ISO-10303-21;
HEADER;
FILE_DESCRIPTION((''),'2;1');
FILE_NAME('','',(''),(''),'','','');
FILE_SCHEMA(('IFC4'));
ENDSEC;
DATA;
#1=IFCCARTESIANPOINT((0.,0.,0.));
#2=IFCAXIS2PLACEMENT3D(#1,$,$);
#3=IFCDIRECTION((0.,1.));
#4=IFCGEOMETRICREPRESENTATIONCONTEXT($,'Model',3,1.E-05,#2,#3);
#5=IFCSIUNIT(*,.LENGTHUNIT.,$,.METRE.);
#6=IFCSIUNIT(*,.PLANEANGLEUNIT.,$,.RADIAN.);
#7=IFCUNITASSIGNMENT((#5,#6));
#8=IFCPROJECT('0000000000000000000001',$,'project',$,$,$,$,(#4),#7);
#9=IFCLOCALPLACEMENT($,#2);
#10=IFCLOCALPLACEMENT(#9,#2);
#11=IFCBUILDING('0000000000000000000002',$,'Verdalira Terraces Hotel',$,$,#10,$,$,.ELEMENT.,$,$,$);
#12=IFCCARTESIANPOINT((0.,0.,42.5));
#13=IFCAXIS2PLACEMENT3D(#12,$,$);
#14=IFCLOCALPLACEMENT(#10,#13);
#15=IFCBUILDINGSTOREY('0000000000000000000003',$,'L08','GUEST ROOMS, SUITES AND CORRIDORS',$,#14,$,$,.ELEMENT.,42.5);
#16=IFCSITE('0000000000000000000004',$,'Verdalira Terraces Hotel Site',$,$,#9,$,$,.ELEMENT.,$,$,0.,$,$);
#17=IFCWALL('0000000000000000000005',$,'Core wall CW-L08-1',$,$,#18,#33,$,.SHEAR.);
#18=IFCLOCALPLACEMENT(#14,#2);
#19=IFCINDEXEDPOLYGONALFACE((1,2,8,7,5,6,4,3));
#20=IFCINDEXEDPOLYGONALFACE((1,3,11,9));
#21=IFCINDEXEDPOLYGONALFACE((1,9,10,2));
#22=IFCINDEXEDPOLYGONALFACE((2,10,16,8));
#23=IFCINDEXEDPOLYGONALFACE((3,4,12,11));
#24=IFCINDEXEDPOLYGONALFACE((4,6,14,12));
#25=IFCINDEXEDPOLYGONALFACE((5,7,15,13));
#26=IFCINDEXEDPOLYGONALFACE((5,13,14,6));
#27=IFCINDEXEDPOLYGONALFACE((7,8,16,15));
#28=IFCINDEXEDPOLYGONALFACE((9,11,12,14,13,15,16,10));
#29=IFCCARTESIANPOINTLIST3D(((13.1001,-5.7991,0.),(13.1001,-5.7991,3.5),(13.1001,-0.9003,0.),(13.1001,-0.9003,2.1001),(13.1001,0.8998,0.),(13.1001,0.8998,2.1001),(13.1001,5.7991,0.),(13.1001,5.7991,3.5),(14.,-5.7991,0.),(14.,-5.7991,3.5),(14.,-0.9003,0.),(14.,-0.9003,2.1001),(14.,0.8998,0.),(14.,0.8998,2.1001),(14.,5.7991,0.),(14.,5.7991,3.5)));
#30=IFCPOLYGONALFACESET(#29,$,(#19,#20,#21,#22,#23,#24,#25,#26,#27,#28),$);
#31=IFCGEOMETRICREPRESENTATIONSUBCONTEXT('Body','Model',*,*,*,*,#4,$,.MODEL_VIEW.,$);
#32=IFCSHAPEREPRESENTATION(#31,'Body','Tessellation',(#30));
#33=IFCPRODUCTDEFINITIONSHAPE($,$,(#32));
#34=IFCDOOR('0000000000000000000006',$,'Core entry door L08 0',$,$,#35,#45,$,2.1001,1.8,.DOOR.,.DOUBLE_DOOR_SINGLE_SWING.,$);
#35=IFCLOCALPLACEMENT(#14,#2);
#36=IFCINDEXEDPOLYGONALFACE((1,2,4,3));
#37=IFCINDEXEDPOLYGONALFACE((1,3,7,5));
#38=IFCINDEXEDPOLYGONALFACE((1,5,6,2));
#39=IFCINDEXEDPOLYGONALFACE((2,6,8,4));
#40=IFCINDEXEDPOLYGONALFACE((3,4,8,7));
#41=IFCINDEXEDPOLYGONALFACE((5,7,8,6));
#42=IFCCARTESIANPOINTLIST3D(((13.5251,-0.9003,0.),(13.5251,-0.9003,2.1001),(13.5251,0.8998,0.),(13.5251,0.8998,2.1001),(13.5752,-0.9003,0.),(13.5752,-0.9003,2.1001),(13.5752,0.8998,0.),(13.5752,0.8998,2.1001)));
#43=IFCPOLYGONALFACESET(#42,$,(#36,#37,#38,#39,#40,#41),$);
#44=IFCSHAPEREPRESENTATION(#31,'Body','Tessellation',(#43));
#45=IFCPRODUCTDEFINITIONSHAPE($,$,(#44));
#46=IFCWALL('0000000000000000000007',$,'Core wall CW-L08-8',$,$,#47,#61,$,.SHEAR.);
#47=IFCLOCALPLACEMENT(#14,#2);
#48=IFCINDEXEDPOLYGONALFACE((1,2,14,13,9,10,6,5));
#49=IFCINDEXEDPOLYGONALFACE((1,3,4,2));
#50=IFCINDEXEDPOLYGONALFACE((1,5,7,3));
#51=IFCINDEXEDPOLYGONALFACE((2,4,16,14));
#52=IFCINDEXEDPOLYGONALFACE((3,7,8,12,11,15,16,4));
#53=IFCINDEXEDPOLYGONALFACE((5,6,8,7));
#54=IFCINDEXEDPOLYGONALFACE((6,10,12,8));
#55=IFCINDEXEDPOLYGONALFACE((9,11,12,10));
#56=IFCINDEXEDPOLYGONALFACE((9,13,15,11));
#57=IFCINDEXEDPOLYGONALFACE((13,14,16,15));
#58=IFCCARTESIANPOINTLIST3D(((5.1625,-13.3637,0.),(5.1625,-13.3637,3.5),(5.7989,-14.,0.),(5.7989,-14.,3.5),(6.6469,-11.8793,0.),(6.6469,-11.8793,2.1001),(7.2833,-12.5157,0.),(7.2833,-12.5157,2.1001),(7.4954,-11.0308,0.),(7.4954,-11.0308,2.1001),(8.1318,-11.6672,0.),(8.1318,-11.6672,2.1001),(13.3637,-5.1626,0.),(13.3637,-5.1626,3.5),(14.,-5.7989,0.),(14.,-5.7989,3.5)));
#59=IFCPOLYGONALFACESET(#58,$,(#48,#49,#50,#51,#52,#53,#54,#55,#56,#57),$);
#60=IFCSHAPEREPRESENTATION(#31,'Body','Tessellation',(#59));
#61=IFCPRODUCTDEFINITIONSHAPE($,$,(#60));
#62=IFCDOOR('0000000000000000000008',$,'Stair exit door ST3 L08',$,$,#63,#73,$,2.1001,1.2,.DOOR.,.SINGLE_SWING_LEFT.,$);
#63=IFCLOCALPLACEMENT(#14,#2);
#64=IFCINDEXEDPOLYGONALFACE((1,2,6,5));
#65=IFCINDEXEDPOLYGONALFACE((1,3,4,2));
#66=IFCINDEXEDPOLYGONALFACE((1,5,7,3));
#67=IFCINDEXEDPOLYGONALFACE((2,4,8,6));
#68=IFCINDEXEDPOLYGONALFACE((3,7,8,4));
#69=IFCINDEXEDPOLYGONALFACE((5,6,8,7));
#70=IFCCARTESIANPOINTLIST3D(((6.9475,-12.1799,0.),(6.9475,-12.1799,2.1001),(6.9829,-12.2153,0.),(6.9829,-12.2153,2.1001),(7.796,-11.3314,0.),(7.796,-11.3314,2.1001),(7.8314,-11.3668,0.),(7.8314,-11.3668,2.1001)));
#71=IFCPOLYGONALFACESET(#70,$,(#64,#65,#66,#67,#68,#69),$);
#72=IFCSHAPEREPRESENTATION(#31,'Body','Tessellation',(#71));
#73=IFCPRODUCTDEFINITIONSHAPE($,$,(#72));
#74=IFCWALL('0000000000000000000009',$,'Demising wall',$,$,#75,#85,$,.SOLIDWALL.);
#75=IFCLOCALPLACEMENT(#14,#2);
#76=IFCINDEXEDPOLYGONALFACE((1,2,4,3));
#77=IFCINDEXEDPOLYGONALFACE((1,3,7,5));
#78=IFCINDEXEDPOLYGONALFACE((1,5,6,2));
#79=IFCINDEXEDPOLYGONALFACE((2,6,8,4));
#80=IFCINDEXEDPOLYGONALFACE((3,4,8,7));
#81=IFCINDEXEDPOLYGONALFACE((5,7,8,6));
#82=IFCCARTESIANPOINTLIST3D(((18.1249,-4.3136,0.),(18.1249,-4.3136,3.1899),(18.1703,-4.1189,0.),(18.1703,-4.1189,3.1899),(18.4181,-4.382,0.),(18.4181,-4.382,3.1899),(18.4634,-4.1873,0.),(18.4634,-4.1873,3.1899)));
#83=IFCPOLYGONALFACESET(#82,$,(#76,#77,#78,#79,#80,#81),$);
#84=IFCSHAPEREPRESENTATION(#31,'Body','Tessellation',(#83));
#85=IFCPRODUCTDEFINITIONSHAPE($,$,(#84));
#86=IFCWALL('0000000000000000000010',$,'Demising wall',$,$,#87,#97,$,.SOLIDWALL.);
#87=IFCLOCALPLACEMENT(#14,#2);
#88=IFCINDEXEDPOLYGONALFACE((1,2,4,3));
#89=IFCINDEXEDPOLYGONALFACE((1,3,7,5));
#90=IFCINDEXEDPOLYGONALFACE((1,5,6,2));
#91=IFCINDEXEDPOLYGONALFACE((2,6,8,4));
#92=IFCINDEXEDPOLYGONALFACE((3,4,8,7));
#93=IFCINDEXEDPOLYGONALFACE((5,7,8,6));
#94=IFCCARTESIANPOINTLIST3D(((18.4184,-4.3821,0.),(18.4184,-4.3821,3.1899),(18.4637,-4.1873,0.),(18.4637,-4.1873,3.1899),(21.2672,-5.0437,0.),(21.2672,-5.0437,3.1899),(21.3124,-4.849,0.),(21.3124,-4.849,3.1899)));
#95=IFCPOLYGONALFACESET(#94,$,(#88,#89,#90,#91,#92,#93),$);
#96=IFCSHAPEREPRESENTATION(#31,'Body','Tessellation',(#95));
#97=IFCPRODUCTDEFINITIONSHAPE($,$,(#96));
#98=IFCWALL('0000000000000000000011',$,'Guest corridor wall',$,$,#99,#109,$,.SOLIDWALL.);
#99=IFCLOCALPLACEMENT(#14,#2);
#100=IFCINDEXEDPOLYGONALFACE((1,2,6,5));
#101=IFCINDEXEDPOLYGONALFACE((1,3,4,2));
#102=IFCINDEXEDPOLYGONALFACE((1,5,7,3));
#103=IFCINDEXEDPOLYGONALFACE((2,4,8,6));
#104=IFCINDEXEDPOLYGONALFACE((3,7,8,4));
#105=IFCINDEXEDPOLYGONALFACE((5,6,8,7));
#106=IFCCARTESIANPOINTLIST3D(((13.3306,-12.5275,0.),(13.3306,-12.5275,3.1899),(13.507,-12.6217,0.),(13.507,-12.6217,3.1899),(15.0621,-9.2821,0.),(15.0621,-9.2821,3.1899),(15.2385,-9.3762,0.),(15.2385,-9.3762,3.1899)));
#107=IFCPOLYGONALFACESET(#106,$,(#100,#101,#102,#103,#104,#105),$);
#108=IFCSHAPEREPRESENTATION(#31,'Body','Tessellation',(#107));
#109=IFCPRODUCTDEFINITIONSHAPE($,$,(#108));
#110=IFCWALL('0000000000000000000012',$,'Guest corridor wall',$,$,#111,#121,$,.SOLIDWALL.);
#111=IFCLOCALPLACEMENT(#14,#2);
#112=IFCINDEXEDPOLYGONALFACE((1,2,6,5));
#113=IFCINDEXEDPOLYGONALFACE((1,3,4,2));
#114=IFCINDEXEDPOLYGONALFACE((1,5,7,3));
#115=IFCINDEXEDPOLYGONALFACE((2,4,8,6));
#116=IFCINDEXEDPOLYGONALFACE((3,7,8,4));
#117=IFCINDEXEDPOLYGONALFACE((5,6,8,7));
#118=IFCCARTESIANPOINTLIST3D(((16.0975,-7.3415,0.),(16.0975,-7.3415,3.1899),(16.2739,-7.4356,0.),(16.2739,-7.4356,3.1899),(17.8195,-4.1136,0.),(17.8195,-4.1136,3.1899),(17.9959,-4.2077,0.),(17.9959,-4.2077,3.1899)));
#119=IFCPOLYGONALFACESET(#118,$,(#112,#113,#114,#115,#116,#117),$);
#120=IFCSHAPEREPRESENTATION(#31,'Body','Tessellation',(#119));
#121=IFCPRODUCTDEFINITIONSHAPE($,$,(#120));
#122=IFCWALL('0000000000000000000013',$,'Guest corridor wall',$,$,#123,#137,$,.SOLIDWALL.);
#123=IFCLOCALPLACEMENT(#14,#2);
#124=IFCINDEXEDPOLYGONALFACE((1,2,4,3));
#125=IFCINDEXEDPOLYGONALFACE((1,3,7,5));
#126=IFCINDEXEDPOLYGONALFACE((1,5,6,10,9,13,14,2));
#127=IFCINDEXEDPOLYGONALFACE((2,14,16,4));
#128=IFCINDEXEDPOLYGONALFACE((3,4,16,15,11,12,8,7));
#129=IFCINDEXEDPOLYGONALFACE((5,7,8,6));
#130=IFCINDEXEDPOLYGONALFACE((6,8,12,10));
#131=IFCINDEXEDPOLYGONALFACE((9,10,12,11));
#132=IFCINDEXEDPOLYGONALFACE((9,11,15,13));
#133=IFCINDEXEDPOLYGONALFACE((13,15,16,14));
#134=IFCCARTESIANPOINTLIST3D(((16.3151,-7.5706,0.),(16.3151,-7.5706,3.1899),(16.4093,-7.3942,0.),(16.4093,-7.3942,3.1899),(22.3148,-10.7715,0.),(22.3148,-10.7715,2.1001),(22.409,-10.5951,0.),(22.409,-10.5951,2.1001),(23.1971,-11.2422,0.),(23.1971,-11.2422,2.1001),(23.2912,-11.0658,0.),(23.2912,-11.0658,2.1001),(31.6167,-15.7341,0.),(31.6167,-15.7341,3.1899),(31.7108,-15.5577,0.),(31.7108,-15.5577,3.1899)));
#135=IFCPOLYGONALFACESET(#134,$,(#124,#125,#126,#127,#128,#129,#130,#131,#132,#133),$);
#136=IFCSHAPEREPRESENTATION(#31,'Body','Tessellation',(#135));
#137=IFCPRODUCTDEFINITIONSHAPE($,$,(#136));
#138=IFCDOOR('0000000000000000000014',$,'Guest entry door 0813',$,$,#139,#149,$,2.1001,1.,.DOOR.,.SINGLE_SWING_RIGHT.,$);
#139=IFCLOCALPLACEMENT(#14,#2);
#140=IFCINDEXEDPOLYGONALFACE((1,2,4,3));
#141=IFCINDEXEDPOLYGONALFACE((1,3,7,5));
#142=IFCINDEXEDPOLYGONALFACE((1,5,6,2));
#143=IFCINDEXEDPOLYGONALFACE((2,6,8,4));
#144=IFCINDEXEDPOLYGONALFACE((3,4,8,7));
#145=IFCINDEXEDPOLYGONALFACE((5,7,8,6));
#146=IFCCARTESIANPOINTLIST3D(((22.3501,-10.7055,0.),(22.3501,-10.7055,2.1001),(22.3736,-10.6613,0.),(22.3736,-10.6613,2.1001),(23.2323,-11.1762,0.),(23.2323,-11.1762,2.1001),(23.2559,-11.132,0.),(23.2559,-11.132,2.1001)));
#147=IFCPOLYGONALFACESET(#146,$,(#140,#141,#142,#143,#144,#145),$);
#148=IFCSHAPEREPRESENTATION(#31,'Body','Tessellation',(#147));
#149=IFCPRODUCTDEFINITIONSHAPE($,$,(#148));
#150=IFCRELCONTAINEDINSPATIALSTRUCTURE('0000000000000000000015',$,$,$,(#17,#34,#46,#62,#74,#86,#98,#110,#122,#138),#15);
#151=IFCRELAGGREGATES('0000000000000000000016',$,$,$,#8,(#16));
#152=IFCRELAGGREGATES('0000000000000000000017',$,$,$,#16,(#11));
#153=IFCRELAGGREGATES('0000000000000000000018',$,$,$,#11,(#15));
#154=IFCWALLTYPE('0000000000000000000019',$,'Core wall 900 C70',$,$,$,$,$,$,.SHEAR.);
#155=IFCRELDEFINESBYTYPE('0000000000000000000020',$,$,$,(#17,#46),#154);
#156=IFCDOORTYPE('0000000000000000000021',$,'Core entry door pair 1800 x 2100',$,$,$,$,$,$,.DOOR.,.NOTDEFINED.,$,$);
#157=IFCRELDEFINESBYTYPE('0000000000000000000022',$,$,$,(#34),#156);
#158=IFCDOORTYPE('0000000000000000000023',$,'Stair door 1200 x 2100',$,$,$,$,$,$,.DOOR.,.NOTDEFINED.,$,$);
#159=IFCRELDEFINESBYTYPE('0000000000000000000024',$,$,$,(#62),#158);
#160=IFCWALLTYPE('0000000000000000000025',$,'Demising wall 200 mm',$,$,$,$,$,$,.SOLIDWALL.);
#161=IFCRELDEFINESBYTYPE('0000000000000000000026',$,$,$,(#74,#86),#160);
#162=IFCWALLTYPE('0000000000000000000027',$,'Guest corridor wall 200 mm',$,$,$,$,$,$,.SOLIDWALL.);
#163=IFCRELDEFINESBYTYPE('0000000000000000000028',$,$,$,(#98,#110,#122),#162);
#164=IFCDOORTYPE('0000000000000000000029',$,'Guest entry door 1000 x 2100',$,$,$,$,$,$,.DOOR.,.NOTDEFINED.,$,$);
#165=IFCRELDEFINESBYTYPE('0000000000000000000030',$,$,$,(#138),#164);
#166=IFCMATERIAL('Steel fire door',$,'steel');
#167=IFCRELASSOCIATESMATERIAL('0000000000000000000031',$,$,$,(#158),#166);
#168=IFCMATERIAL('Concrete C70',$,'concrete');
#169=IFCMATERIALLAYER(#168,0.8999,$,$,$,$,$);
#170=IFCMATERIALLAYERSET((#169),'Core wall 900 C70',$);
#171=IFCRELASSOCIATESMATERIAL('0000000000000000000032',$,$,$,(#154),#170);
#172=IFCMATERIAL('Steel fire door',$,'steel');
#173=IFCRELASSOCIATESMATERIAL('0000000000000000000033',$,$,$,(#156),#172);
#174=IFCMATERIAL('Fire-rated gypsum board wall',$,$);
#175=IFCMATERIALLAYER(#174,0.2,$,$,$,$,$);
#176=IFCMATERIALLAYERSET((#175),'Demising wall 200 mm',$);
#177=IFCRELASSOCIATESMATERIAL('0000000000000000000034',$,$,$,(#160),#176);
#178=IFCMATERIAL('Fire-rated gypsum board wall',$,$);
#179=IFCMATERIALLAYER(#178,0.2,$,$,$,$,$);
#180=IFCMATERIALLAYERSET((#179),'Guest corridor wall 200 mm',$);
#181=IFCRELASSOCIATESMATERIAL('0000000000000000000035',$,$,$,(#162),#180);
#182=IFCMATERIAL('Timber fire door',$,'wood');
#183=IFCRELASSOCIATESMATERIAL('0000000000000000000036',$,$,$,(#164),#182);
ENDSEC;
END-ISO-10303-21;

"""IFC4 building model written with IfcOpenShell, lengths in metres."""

from ifc_helpers import new_model, si_unit, direction, frame, frame_2d, origin, place, context, subcontext, project, spatial, rectangle, extrude, material, layer, layer_set, type_object, element, fill, save


model = new_model("IFC4")

# Units and contexts
model_context = context("Model", 3, precision=1e-05, world=origin(), true_north=direction((0.0, 1.0)))
body_context = subcontext(model_context, "Body", "Model", "MODEL_VIEW")
ifc_project = project(units=[si_unit("LENGTHUNIT", "METRE"), si_unit("PLANEANGLEUNIT", "RADIAN")], contexts=[model_context])

# Site, building, storey
site_placement = place(None, origin())
site = spatial("IfcSite", under=ifc_project, at=site_placement, Name="Verdalira Terraces Hotel Site", CompositionType="ELEMENT", RefElevation=0.0)
building_placement = place(site_placement, origin())
building = spatial("IfcBuilding", under=site, at=building_placement, Name="Verdalira Terraces Hotel", CompositionType="ELEMENT")
storey_placement = place(building_placement, frame((0.0, 0.0, 42.5)))
storey = spatial("IfcBuildingStorey", under=building, at=storey_placement, Name="L08", Description="GUEST ROOMS, SUITES AND CORRIDORS", CompositionType="ELEMENT", Elevation=42.5)

# Shared definitions
ifc_material_1 = material(Name="Steel fire door", Category="steel")
door_type_1 = type_object("IfcDoorType", Name="Stair door 1200 x 2100", OperationType="NOTDEFINED", PredefinedType="DOOR", material=ifc_material_1)

# Walls, openings, doors
ifc_material_2 = material(Name="Concrete C70", Category="concrete")
ifc_layer_1 = layer(ifc_material_2, 0.8999)
ifc_layer_set_1 = layer_set([ifc_layer_1], Name="Core wall 900 C70")
wall_type_1 = type_object("IfcWallType", Name="Core wall 900 C70", PredefinedType="SHEAR", material=ifc_layer_set_1)
wall_1_placement = place(storey_placement, frame((13.55, -5.7991, 0.0), z_axis=(0.0, 0.0, 1.0), x_axis=(0.0, 1.0, 0.0)))
wall_1 = element("IfcWall", 1, at=wall_1_placement, inside=storey, type_object=wall_type_1, Name="Core wall CW-L08-1", PredefinedType="SHEAR", context=body_context, shape_type="SweptSolid", body=[
    extrude(rectangle(XDim=11.5981, YDim=0.8999, at=frame_2d((5.7991, 0.0))), origin(), (0.0, 0.0, 1.0), 3.5),
])
opening_1_placement = place(wall_1_placement, frame((4.8989, 0.0, 0.0)))
opening_1 = element("IfcOpeningElement", 2, at=opening_1_placement, cuts=wall_1, PredefinedType="OPENING", context=body_context, shape_type="SweptSolid", body=[
    extrude(rectangle(XDim=1.8, YDim=2.1001, at=frame_2d((0.8999, 1.05))), frame((0.0, 0.46, 0.0), z_axis=(0.0, -1.0, 0.0), x_axis=(1.0, 0.0, 0.0)), (0.0, 0.0, 1.0), 0.9199),
])
ifc_material_3 = material(Name="Steel fire door", Category="steel")
door_type_2 = type_object("IfcDoorType", Name="Core entry door pair 1800 x 2100", OperationType="NOTDEFINED", PredefinedType="DOOR", material=ifc_material_3)
door_1_placement = place(opening_1_placement, origin())
door_1 = element("IfcDoor", 3, at=door_1_placement, inside=storey, type_object=door_type_2, Name="Core entry door L08 0", OperationType="DOUBLE_DOOR_SINGLE_SWING", OverallHeight=2.1001, OverallWidth=1.8, PredefinedType="DOOR", context=body_context, shape_type="SweptSolid", body=[
    extrude(rectangle(XDim=1.8, YDim=2.1001, at=frame_2d((0.8999, 1.05))), frame((0.0, 0.0249, 0.0), z_axis=(0.0, -1.0, 0.0), x_axis=(1.0, 0.0, 0.0)), (0.0, 0.0, 1.0), 0.05),
])
fill(opening_1, door_1)
wall_2_placement = place(storey_placement, frame((5.4807, -13.6819, 0.0), z_axis=(0.0, 0.0, 1.0), x_axis=(0.707107, 0.707107, 0.0)))
wall_2 = element("IfcWall", 4, at=wall_2_placement, inside=storey, type_object=wall_type_1, Name="Core wall CW-L08-8", PredefinedType="SHEAR", context=body_context, shape_type="SweptSolid", body=[
    extrude(rectangle(XDim=11.5981, YDim=0.8999, at=frame_2d((5.7991, 0.0))), origin(), (0.0, 0.0, 1.0), 3.5),
])
opening_2_placement = place(wall_2_placement, frame((2.0991, 0.0, 0.0)))
opening_2 = element("IfcOpeningElement", 5, at=opening_2_placement, cuts=wall_2, PredefinedType="OPENING", context=body_context, shape_type="SweptSolid", body=[
    extrude(rectangle(XDim=1.2, YDim=2.1001, at=frame_2d((0.6001, 1.05))), frame((0.0, 0.46, 0.0), z_axis=(0.0, -1.0, 0.0), x_axis=(1.0, 0.0, 0.0)), (0.0, 0.0, 1.0), 0.9199),
])
door_2_placement = place(opening_2_placement, origin())
door_2 = element("IfcDoor", 6, at=door_2_placement, inside=storey, type_object=door_type_1, Name="Stair exit door ST3 L08", OperationType="SINGLE_SWING_LEFT", OverallHeight=2.1001, OverallWidth=1.2, PredefinedType="DOOR", context=body_context, shape_type="SweptSolid", body=[
    extrude(rectangle(XDim=1.2, YDim=2.1001, at=frame_2d((0.6001, 1.05))), frame((0.0, 0.0249, 0.0), z_axis=(0.0, -1.0, 0.0), x_axis=(1.0, 0.0, 0.0)), (0.0, 0.0, 1.0), 0.05),
])
fill(opening_2, door_2)

# Walls
ifc_material_4 = material(Name="Fire-rated gypsum board wall")
ifc_layer_2 = layer(ifc_material_4, 0.2)
ifc_layer_set_2 = layer_set([ifc_layer_2], Name="Demising wall 200 mm")
wall_type_2 = type_object("IfcWallType", Name="Demising wall 200 mm", PredefinedType="SOLIDWALL", material=ifc_layer_set_2)
wall_3_placement = place(storey_placement, frame((18.1477, -4.2163, 0.0), z_axis=(0.0, 0.0, 1.0), x_axis=(0.973883, -0.22705, 0.0)))
element("IfcWall", 7, at=wall_3_placement, inside=storey, type_object=wall_type_2, Name="Demising wall", PredefinedType="SOLIDWALL", context=body_context, shape_type="SweptSolid", body=[
    extrude(rectangle(XDim=0.301, YDim=0.2, at=frame_2d((0.1504, 0.0))), origin(), (0.0, 0.0, 1.0), 3.1899),
])
wall_4_placement = place(storey_placement, frame((18.4409, -4.2847, 0.0), z_axis=(0.0, 0.0, 1.0), x_axis=(0.974072, -0.226237, 0.0)))
element("IfcWall", 8, at=wall_4_placement, inside=storey, type_object=wall_type_2, Name="Demising wall", PredefinedType="SOLIDWALL", context=body_context, shape_type="SweptSolid", body=[
    extrude(rectangle(XDim=2.9246, YDim=0.2, at=frame_2d((1.4624, 0.0))), origin(), (0.0, 0.0, 1.0), 3.1899),
])
ifc_material_5 = material(Name="Fire-rated gypsum board wall")
ifc_layer_3 = layer(ifc_material_5, 0.2)
ifc_layer_set_3 = layer_set([ifc_layer_3], Name="Guest corridor wall 200 mm")
wall_type_3 = type_object("IfcWallType", Name="Guest corridor wall 200 mm", PredefinedType="SOLIDWALL", material=ifc_layer_set_3)
wall_5_placement = place(storey_placement, frame((13.4187, -12.5747, 0.0), z_axis=(0.0, 0.0, 1.0), x_axis=(0.470712, 0.882287, 0.0)))
element("IfcWall", 9, at=wall_5_placement, inside=storey, type_object=wall_type_3, Name="Guest corridor wall", PredefinedType="SOLIDWALL", context=body_context, shape_type="SweptSolid", body=[
    extrude(rectangle(XDim=3.6785, YDim=0.2, at=frame_2d((1.8394, 0.0))), origin(), (0.0, 0.0, 1.0), 3.1899),
])
wall_6_placement = place(storey_placement, frame((16.1858, -7.3884, 0.0), z_axis=(0.0, 0.0, 1.0), x_axis=(0.470682, 0.882303, 0.0)))
element("IfcWall", 10, at=wall_6_placement, inside=storey, type_object=wall_type_3, Name="Guest corridor wall", PredefinedType="SOLIDWALL", context=body_context, shape_type="SweptSolid", body=[
    extrude(rectangle(XDim=3.6584, YDim=0.2, at=frame_2d((1.8291, 0.0))), origin(), (0.0, 0.0, 1.0), 3.1899),
])

# Wall, opening, door
wall_7_placement = place(storey_placement, frame((16.3623, -7.4824, 0.0), z_axis=(0.0, 0.0, 1.0), x_axis=(0.882287, -0.470712, 0.0)))
wall_7 = element("IfcWall", 11, at=wall_7_placement, inside=storey, type_object=wall_type_3, Name="Guest corridor wall", PredefinedType="SOLIDWALL", context=body_context, shape_type="SweptSolid", body=[
    extrude(rectangle(XDim=17.343, YDim=0.2, at=frame_2d((8.6714, 0.0))), origin(), (0.0, 0.0, 1.0), 3.1899),
])
opening_3_placement = place(wall_7_placement, frame((6.8, 0.0, 0.0)))
opening_3 = element("IfcOpeningElement", 12, at=opening_3_placement, cuts=wall_7, PredefinedType="OPENING", context=body_context, shape_type="SweptSolid", body=[
    extrude(rectangle(XDim=1.0, YDim=2.1001, at=frame_2d((0.5, 1.05))), frame((0.0, 0.1099, 0.0), z_axis=(0.0, -1.0, 0.0), x_axis=(1.0, 0.0, 0.0)), (0.0, 0.0, 1.0), 0.22),
])
ifc_material_6 = material(Name="Timber fire door", Category="wood")
door_type_3 = type_object("IfcDoorType", Name="Guest entry door 1000 x 2100", OperationType="NOTDEFINED", PredefinedType="DOOR", material=ifc_material_6)
door_3_placement = place(opening_3_placement, origin())
door_3 = element("IfcDoor", 13, at=door_3_placement, inside=storey, type_object=door_type_3, Name="Guest entry door 0813", OperationType="SINGLE_SWING_RIGHT", OverallHeight=2.1001, OverallWidth=1.0, PredefinedType="DOOR", context=body_context, shape_type="SweptSolid", body=[
    extrude(rectangle(XDim=1.0, YDim=2.1001, at=frame_2d((0.5, 1.05))), frame((0.0, 0.0249, 0.0), z_axis=(0.0, -1.0, 0.0), x_axis=(1.0, 0.0, 0.0)), (0.0, 0.0, 1.0), 0.05),
])
fill(opening_3, door_3)

save(model, "model.ifc")
